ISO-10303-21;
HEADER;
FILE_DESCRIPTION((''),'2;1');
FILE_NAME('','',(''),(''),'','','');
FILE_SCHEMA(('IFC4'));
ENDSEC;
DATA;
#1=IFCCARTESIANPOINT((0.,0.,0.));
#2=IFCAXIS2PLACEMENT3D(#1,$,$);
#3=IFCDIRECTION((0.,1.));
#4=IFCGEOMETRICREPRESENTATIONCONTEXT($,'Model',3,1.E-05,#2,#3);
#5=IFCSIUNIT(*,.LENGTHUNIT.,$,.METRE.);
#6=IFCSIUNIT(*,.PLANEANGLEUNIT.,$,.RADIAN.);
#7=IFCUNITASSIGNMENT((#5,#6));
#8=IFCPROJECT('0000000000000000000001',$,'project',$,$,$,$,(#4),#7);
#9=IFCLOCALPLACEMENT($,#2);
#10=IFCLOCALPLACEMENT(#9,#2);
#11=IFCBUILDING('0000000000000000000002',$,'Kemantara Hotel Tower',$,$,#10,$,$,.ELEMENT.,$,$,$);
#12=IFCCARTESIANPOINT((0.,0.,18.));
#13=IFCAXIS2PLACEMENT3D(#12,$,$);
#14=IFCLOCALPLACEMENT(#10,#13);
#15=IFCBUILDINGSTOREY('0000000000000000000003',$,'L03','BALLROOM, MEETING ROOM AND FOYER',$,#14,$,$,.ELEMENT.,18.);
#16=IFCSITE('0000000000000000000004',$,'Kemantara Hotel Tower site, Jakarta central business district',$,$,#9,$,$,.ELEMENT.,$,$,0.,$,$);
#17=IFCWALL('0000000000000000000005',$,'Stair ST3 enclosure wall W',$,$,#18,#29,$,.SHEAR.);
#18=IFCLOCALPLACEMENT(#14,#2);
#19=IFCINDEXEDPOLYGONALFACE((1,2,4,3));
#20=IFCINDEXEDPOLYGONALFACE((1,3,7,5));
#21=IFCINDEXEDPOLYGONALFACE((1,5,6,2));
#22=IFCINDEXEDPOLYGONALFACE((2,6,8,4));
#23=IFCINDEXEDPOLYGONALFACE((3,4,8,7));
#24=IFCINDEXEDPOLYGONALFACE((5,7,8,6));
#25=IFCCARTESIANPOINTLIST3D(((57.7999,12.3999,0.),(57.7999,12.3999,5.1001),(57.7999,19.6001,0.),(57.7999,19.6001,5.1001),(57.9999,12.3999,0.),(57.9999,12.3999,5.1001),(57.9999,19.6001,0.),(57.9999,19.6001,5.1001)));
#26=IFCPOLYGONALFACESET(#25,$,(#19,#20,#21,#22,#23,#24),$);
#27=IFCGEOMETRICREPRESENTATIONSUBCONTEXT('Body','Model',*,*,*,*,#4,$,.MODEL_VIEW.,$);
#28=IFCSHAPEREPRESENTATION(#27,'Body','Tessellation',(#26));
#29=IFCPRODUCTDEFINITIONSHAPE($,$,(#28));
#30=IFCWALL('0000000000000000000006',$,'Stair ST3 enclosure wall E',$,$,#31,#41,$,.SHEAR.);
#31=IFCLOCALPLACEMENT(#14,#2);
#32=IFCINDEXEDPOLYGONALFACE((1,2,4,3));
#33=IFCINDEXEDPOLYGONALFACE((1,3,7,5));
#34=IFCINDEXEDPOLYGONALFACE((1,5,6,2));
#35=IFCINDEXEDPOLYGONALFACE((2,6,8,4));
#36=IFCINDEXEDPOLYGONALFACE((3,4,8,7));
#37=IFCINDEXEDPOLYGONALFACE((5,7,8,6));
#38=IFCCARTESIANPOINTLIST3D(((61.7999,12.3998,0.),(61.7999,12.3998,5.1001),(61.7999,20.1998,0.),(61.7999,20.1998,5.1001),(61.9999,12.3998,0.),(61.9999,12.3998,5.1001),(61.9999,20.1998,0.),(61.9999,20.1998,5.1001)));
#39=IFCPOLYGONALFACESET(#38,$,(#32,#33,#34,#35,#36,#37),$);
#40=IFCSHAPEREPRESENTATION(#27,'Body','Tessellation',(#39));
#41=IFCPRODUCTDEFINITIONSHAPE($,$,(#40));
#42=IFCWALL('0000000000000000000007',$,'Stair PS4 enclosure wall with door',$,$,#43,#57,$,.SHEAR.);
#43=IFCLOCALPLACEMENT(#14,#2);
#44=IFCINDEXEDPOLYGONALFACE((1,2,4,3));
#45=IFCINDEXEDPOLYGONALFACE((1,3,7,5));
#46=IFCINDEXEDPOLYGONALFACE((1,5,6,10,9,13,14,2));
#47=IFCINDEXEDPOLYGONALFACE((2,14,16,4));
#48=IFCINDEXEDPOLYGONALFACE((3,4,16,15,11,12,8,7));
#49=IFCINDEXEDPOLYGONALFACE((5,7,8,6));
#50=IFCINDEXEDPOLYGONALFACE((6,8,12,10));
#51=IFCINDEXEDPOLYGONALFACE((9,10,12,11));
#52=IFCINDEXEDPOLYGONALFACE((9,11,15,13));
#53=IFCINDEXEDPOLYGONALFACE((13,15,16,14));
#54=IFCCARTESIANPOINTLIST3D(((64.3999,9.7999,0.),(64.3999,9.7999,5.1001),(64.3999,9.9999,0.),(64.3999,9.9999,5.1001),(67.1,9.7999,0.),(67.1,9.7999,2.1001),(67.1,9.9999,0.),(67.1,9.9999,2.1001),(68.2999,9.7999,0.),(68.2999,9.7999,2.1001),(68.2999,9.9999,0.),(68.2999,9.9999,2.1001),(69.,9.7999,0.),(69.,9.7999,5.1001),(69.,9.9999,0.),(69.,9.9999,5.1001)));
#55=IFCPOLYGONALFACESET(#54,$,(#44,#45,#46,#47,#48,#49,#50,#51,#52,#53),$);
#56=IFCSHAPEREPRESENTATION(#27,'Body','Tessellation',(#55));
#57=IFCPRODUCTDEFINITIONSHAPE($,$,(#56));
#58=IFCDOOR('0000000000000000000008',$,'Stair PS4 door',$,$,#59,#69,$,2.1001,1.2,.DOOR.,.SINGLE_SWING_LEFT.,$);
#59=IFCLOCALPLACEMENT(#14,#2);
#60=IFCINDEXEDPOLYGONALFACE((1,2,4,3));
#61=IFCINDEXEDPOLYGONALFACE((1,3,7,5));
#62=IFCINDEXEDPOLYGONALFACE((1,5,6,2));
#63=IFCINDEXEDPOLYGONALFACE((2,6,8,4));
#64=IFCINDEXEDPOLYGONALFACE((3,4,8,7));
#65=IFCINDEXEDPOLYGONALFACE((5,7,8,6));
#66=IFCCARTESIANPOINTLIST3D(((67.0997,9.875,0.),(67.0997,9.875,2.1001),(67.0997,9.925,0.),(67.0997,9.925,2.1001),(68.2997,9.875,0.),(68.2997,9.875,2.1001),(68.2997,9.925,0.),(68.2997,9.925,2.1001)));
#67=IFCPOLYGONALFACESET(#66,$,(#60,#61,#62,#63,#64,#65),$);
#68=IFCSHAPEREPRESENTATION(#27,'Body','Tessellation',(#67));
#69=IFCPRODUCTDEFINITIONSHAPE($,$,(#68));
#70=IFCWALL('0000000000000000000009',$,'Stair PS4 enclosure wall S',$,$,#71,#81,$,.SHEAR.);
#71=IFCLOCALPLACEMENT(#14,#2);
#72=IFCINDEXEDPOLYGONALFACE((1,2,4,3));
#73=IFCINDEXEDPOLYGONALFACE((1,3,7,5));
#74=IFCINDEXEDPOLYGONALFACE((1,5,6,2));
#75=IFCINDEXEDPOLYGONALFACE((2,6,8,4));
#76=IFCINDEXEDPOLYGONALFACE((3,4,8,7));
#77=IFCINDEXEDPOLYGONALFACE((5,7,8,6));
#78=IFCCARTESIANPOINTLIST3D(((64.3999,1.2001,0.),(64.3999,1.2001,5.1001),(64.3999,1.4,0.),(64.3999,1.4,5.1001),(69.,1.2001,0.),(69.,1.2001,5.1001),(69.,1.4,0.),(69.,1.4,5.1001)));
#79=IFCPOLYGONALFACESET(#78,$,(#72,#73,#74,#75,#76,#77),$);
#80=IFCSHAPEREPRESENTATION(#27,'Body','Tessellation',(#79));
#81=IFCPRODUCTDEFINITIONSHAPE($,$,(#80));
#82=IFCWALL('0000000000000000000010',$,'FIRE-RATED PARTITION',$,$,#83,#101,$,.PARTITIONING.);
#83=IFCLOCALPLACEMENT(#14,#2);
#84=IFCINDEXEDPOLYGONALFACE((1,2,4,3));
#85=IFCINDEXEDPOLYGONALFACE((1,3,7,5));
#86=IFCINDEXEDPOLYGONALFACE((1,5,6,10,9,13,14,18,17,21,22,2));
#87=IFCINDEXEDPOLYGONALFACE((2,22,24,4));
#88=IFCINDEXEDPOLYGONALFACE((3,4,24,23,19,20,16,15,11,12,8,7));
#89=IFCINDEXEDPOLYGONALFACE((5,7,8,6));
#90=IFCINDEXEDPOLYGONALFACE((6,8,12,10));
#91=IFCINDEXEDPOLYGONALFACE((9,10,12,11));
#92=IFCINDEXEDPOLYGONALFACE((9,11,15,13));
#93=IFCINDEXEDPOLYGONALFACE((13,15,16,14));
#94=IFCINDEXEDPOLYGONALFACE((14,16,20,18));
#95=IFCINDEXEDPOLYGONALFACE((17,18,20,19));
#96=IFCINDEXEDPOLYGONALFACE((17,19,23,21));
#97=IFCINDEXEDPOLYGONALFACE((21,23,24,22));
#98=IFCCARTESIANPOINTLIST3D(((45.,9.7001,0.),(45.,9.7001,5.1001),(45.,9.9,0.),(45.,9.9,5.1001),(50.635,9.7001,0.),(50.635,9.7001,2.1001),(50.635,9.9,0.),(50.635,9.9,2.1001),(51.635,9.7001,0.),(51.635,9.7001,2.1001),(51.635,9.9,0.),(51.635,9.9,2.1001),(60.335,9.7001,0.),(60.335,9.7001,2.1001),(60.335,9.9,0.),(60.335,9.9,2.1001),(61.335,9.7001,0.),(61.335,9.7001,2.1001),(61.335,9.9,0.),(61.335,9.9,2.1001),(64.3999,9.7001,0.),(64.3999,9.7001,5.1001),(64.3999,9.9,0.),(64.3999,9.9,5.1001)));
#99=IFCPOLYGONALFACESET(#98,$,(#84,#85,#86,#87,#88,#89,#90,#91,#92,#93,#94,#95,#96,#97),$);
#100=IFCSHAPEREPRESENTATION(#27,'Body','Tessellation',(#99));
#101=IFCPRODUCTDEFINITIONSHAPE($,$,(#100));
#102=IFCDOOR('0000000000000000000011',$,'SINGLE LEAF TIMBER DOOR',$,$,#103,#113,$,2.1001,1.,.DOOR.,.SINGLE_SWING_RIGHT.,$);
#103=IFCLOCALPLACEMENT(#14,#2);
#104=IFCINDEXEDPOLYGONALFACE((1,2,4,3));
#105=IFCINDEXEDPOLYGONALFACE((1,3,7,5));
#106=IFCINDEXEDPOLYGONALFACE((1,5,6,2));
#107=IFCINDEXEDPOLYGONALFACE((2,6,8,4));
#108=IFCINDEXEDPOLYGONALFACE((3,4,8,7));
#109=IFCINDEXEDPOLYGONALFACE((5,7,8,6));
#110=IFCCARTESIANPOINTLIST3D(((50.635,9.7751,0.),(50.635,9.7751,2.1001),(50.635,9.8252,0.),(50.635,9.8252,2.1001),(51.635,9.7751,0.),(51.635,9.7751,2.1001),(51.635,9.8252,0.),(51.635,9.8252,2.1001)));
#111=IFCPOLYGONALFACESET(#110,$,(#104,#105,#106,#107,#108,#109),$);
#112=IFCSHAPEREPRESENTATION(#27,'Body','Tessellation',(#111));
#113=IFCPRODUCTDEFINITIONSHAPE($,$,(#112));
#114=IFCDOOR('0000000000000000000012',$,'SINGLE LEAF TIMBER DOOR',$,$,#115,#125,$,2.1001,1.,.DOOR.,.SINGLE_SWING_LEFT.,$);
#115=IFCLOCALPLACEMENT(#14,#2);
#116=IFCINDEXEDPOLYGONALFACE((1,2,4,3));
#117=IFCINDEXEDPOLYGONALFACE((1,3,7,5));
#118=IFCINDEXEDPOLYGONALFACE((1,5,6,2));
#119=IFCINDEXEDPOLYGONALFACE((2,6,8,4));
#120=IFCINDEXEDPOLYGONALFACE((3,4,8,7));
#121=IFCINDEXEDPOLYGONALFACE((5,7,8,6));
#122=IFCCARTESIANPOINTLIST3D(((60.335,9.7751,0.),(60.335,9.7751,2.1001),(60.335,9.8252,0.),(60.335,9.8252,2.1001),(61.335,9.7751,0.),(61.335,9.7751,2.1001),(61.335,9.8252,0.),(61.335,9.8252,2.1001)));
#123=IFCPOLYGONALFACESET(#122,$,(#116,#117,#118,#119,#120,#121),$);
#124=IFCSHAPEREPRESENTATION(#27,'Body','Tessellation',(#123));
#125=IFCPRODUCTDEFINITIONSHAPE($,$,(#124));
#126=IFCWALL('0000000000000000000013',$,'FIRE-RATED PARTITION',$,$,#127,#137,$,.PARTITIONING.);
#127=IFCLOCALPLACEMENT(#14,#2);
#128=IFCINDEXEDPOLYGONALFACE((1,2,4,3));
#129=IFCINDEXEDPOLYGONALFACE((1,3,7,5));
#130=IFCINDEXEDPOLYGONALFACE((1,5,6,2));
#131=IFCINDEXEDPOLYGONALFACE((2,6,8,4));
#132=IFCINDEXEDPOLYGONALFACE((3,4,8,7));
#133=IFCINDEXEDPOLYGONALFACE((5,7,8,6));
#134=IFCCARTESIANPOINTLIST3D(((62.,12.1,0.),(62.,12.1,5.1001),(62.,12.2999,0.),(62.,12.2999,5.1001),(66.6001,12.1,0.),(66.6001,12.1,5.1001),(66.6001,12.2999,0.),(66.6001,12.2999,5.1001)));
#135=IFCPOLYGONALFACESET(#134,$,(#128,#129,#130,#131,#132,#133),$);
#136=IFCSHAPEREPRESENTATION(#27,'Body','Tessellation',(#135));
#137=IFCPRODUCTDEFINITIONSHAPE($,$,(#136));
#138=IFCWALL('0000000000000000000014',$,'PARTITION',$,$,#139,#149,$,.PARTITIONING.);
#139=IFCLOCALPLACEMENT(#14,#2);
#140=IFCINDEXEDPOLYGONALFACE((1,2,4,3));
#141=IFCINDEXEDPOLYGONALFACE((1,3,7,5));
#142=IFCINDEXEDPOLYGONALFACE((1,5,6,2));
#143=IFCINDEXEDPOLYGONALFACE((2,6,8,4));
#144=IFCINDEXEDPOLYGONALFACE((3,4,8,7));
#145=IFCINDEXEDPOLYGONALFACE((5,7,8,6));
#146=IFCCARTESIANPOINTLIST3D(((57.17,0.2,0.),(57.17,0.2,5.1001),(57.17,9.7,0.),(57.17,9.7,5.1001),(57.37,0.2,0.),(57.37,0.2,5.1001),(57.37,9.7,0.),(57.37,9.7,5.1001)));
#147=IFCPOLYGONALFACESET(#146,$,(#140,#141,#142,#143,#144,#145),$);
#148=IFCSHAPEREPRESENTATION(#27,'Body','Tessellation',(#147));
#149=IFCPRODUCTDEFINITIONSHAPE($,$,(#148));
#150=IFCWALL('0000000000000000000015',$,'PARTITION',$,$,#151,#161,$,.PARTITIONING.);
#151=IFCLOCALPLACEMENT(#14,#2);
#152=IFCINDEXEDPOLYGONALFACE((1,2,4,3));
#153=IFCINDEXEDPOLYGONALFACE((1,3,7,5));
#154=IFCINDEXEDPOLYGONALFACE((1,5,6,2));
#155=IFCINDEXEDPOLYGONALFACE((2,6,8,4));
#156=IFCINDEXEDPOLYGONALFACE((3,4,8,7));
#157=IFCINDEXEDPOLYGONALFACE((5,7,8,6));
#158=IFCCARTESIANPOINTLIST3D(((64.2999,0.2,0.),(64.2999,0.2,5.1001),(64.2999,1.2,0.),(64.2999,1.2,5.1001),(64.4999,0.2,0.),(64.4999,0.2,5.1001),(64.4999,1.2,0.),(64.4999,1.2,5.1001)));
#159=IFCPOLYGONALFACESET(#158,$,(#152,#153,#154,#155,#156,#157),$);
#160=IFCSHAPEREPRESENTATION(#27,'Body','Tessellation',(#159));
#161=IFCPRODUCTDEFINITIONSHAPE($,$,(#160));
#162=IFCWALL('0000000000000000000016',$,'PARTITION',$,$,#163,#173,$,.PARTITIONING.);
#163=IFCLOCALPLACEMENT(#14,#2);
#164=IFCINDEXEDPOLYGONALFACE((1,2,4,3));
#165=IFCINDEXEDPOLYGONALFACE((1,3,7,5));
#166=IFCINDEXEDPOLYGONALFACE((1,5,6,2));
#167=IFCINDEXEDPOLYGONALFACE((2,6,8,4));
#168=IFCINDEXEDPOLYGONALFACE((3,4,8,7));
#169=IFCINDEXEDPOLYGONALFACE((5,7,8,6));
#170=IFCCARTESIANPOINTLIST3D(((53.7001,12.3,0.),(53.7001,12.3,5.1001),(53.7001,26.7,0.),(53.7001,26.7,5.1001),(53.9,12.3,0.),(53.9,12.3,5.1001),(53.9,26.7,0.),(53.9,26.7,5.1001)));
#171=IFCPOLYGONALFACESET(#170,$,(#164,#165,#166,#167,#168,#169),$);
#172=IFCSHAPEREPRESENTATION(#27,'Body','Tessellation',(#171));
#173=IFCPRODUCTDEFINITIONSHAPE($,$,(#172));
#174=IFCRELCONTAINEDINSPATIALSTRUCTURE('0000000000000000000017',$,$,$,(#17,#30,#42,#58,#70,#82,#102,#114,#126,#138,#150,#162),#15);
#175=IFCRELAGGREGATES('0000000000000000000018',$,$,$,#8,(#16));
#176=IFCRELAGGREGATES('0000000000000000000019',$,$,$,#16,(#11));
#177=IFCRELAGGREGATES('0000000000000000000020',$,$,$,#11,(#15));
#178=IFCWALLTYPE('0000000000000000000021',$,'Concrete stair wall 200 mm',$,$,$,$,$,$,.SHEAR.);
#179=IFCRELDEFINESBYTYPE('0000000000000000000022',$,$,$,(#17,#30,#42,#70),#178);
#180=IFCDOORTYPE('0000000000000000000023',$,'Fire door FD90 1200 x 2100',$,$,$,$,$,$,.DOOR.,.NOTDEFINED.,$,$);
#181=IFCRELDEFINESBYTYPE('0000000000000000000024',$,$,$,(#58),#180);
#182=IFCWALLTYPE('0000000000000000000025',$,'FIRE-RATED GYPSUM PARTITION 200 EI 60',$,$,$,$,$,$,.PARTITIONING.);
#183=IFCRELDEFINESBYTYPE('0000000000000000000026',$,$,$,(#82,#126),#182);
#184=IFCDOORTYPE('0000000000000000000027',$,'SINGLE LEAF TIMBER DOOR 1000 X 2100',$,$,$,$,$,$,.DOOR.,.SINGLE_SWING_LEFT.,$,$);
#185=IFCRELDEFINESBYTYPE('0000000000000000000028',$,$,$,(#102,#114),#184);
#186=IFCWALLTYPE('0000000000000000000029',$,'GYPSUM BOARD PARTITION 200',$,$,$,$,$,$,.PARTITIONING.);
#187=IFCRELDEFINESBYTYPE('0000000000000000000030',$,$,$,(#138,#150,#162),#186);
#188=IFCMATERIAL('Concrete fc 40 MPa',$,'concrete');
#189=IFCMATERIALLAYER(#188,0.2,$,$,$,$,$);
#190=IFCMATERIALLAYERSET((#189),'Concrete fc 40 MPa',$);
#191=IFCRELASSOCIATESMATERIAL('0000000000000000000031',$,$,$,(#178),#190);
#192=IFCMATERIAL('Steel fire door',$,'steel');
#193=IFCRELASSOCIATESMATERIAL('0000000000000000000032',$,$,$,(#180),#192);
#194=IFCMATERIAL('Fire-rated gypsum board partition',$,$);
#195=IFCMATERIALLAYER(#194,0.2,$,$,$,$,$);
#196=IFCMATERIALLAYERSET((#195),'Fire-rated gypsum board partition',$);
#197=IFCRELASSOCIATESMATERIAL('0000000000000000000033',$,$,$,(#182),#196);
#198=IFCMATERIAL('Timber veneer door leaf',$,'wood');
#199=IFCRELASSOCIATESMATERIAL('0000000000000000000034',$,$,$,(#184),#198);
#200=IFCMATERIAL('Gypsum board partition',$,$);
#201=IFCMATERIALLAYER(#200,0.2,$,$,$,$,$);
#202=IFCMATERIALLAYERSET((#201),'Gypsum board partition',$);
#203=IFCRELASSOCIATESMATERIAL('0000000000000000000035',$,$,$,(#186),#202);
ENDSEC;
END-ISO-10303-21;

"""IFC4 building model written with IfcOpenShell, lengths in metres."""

from ifc_helpers import new_model, si_unit, direction, frame, frame_2d, origin, place, context, subcontext, project, spatial, rectangle, extrude, material, layer, layer_set, type_object, element, fill, save


model = new_model("IFC4")

# Units and contexts
model_context = context("Model", 3, precision=1e-05, world=origin(), true_north=direction((0.0, 1.0)))
body_context = subcontext(model_context, "Body", "Model", "MODEL_VIEW")
ifc_project = project(units=[si_unit("LENGTHUNIT", "METRE"), si_unit("PLANEANGLEUNIT", "RADIAN")], contexts=[model_context])

# Site, building, storey
site_placement = place(None, origin())
site = spatial("IfcSite", under=ifc_project, at=site_placement, Name="Kemantara Hotel Tower site, Jakarta central business district", CompositionType="ELEMENT", RefElevation=0.0)
building_placement = place(site_placement, origin())
building = spatial("IfcBuilding", under=site, at=building_placement, Name="Kemantara Hotel Tower", CompositionType="ELEMENT")
storey_placement = place(building_placement, frame((0.0, 0.0, 18.0)))
storey = spatial("IfcBuildingStorey", under=building, at=storey_placement, Name="L03", Description="BALLROOM, MEETING ROOM AND FOYER", CompositionType="ELEMENT", Elevation=18.0)

# Shared definitions
ifc_material_1 = material(Name="Concrete fc 40 MPa", Category="concrete")
ifc_layer_1 = layer(ifc_material_1, 0.2)
ifc_layer_set_1 = layer_set([ifc_layer_1], Name="Concrete fc 40 MPa")
wall_type_1 = type_object("IfcWallType", Name="Concrete stair wall 200 mm", PredefinedType="SHEAR", material=ifc_layer_set_1)
ifc_material_2 = material(Name="Steel fire door", Category="steel")
door_type_1 = type_object("IfcDoorType", Name="Fire door FD90 1200 x 2100", OperationType="NOTDEFINED", PredefinedType="DOOR", material=ifc_material_2)

# Walls
wall_1_placement = place(storey_placement, frame((57.8999, 12.3999, 0.0), z_axis=(0.0, 0.0, 1.0), x_axis=(0.0, 1.0, 0.0)))
element("IfcWall", 1, at=wall_1_placement, inside=storey, type_object=wall_type_1, Name="Stair ST3 enclosure wall W", PredefinedType="SHEAR", context=body_context, shape_type="SweptSolid", body=[
    extrude(rectangle(XDim=7.2002, YDim=0.2, at=frame_2d((3.6001, 0.0))), origin(), (0.0, 0.0, 1.0), 5.1001),
])
wall_2_placement = place(storey_placement, frame((61.8999, 12.3999, 0.0), z_axis=(0.0, 0.0, 1.0), x_axis=(0.0, 1.0, 0.0)))
element("IfcWall", 2, at=wall_2_placement, inside=storey, type_object=wall_type_1, Name="Stair ST3 enclosure wall E", PredefinedType="SHEAR", context=body_context, shape_type="SweptSolid", body=[
    extrude(rectangle(XDim=7.8, YDim=0.2, at=frame_2d((3.8999, 0.0))), origin(), (0.0, 0.0, 1.0), 5.1001),
])

# Wall, opening, door
wall_3_placement = place(storey_placement, frame((64.3999, 9.8999, 0.0), z_axis=(0.0, 0.0, 1.0), x_axis=(1.0, 0.0, 0.0)))
wall_3 = element("IfcWall", 3, at=wall_3_placement, inside=storey, type_object=wall_type_1, Name="Stair PS4 enclosure wall with door", PredefinedType="SHEAR", context=body_context, shape_type="SweptSolid", body=[
    extrude(rectangle(XDim=4.6001, YDim=0.2, at=frame_2d((2.3, 0.0))), origin(), (0.0, 0.0, 1.0), 5.1001),
])
opening_1_placement = place(wall_3_placement, frame((2.7, 0.0, 0.0)))
opening_1 = element("IfcOpeningElement", 4, at=opening_1_placement, cuts=wall_3, PredefinedType="OPENING", context=body_context, shape_type="SweptSolid", body=[
    extrude(rectangle(XDim=1.2, YDim=2.1001, at=frame_2d((0.6001, 1.05))), frame((0.0, 0.1099, 0.0), z_axis=(0.0, -1.0, 0.0), x_axis=(1.0, 0.0, 0.0)), (0.0, 0.0, 1.0), 0.22),
])
door_1_placement = place(opening_1_placement, frame((1.2, 0.0, 0.0), z_axis=(0.0, 0.0, 1.0), x_axis=(-1.0, 0.0, 0.0)))
door_1 = element("IfcDoor", 5, at=door_1_placement, inside=storey, type_object=door_type_1, Name="Stair PS4 door", OperationType="SINGLE_SWING_LEFT", OverallHeight=2.1001, OverallWidth=1.2, PredefinedType="DOOR", context=body_context, shape_type="SweptSolid", body=[
    extrude(rectangle(XDim=1.2, YDim=2.1001, at=frame_2d((0.6001, 1.05))), frame((0.0, 0.0249, 0.0), z_axis=(0.0, -1.0, 0.0), x_axis=(1.0, 0.0, 0.0)), (0.0, 0.0, 1.0), 0.05),
])
fill(opening_1, door_1)

# Wall
wall_4_placement = place(storey_placement, frame((64.3999, 1.3, 0.0), z_axis=(0.0, 0.0, 1.0), x_axis=(1.0, 0.0, 0.0)))
element("IfcWall", 6, at=wall_4_placement, inside=storey, type_object=wall_type_1, Name="Stair PS4 enclosure wall S", PredefinedType="SHEAR", context=body_context, shape_type="SweptSolid", body=[
    extrude(rectangle(XDim=4.6001, YDim=0.2, at=frame_2d((2.3, 0.0))), origin(), (0.0, 0.0, 1.0), 5.1001),
])

# Wall, openings, doors
ifc_material_3 = material(Name="Fire-rated gypsum board partition")
ifc_layer_2 = layer(ifc_material_3, 0.2)
ifc_layer_set_2 = layer_set([ifc_layer_2], Name="Fire-rated gypsum board partition")
wall_type_2 = type_object("IfcWallType", Name="FIRE-RATED GYPSUM PARTITION 200 EI 60", PredefinedType="PARTITIONING", material=ifc_layer_set_2)
wall_5_placement = place(storey_placement, frame((45.0, 9.8, 0.0), z_axis=(0.0, 0.0, 1.0), x_axis=(1.0, 0.0, 0.0)))
wall_5 = element("IfcWall", 7, at=wall_5_placement, inside=storey, type_object=wall_type_2, Name="FIRE-RATED PARTITION", PredefinedType="PARTITIONING", context=body_context, shape_type="SweptSolid", body=[
    extrude(rectangle(XDim=19.3999, YDim=0.2, at=frame_2d((9.7, 0.0))), origin(), (0.0, 0.0, 1.0), 5.1001),
])
opening_2_placement = place(wall_5_placement, frame((5.635, 0.0, 0.0)))
opening_2 = element("IfcOpeningElement", 8, at=opening_2_placement, cuts=wall_5, PredefinedType="OPENING", context=body_context, shape_type="SweptSolid", body=[
    extrude(rectangle(XDim=1.0, YDim=2.1001, at=frame_2d((0.5, 1.05))), frame((0.0, 0.1099, 0.0), z_axis=(0.0, -1.0, 0.0), x_axis=(1.0, 0.0, 0.0)), (0.0, 0.0, 1.0), 0.22),
])
opening_3_placement = place(wall_5_placement, frame((15.335, 0.0, 0.0)))
opening_3 = element("IfcOpeningElement", 9, at=opening_3_placement, cuts=wall_5, PredefinedType="OPENING", context=body_context, shape_type="SweptSolid", body=[
    extrude(rectangle(XDim=1.0, YDim=2.1001, at=frame_2d((0.5, 1.05))), frame((0.0, 0.1099, 0.0), z_axis=(0.0, -1.0, 0.0), x_axis=(1.0, 0.0, 0.0)), (0.0, 0.0, 1.0), 0.22),
])
ifc_material_4 = material(Name="Timber veneer door leaf", Category="wood")
door_type_2 = type_object("IfcDoorType", Name="SINGLE LEAF TIMBER DOOR 1000 X 2100", OperationType="SINGLE_SWING_LEFT", PredefinedType="DOOR", material=ifc_material_4)
door_2_placement = place(opening_2_placement, frame((1.0, 0.0, 0.0), z_axis=(0.0, 0.0, 1.0), x_axis=(-1.0, 0.0, 0.0)))
door_2 = element("IfcDoor", 10, at=door_2_placement, inside=storey, type_object=door_type_2, Name="SINGLE LEAF TIMBER DOOR", OperationType="SINGLE_SWING_RIGHT", OverallHeight=2.1001, OverallWidth=1.0, PredefinedType="DOOR", context=body_context, shape_type="SweptSolid", body=[
    extrude(rectangle(XDim=1.0, YDim=2.1001, at=frame_2d((0.5, 1.05))), frame((0.0, 0.0249, 0.0), z_axis=(0.0, -1.0, 0.0), x_axis=(1.0, 0.0, 0.0)), (0.0, 0.0, 1.0), 0.05),
])
fill(opening_2, door_2)
door_3_placement = place(opening_3_placement, frame((1.0, 0.0, 0.0), z_axis=(0.0, 0.0, 1.0), x_axis=(-1.0, 0.0, 0.0)))
door_3 = element("IfcDoor", 11, at=door_3_placement, inside=storey, type_object=door_type_2, Name="SINGLE LEAF TIMBER DOOR", OperationType="SINGLE_SWING_LEFT", OverallHeight=2.1001, OverallWidth=1.0, PredefinedType="DOOR", context=body_context, shape_type="SweptSolid", body=[
    extrude(rectangle(XDim=1.0, YDim=2.1001, at=frame_2d((0.5, 1.05))), frame((0.0, 0.0249, 0.0), z_axis=(0.0, -1.0, 0.0), x_axis=(1.0, 0.0, 0.0)), (0.0, 0.0, 1.0), 0.05),
])
fill(opening_3, door_3)

# Walls
wall_6_placement = place(storey_placement, frame((62.0, 12.2, 0.0), z_axis=(0.0, 0.0, 1.0), x_axis=(1.0, 0.0, 0.0)))
element("IfcWall", 12, at=wall_6_placement, inside=storey, type_object=wall_type_2, Name="FIRE-RATED PARTITION", PredefinedType="PARTITIONING", context=body_context, shape_type="SweptSolid", body=[
    extrude(rectangle(XDim=4.6001, YDim=0.2, at=frame_2d((2.3, 0.0))), origin(), (0.0, 0.0, 1.0), 5.1001),
])
ifc_material_5 = material(Name="Gypsum board partition")
ifc_layer_3 = layer(ifc_material_5, 0.2)
ifc_layer_set_3 = layer_set([ifc_layer_3], Name="Gypsum board partition")
wall_type_3 = type_object("IfcWallType", Name="GYPSUM BOARD PARTITION 200", PredefinedType="PARTITIONING", material=ifc_layer_set_3)
wall_7_placement = place(storey_placement, frame((57.27, 0.2, 0.0), z_axis=(0.0, 0.0, 1.0), x_axis=(0.0, 1.0, 0.0)))
element("IfcWall", 13, at=wall_7_placement, inside=storey, type_object=wall_type_3, Name="PARTITION", PredefinedType="PARTITIONING", context=body_context, shape_type="SweptSolid", body=[
    extrude(rectangle(XDim=9.5, YDim=0.2, at=frame_2d((4.75, 0.0))), origin(), (0.0, 0.0, 1.0), 5.1001),
])
wall_8_placement = place(storey_placement, frame((64.3999, 0.2, 0.0), z_axis=(0.0, 0.0, 1.0), x_axis=(0.0, 1.0, 0.0)))
element("IfcWall", 14, at=wall_8_placement, inside=storey, type_object=wall_type_3, Name="PARTITION", PredefinedType="PARTITIONING", context=body_context, shape_type="SweptSolid", body=[
    extrude(rectangle(XDim=1.0, YDim=0.2, at=frame_2d((0.5, 0.0))), origin(), (0.0, 0.0, 1.0), 5.1001),
])
for number, where, z_axis, x_axis, name in (
    (15, (53.8, 12.3, 0.0), (0.0, 0.0, 1.0), (0.0, 1.0, 0.0), "PARTITION"),
):
    element("IfcWall", number, at=place(storey_placement, frame(where, z_axis=z_axis, x_axis=x_axis)), inside=storey, type_object=wall_type_3, Name=name, PredefinedType="PARTITIONING", context=body_context, shape_type="SweptSolid", body=[
        extrude(rectangle(XDim=14.3999, YDim=0.2, at=frame_2d((7.2, 0.0))), origin(), (0.0, 0.0, 1.0), 5.1001),
    ])

save(model, "model.ifc")
